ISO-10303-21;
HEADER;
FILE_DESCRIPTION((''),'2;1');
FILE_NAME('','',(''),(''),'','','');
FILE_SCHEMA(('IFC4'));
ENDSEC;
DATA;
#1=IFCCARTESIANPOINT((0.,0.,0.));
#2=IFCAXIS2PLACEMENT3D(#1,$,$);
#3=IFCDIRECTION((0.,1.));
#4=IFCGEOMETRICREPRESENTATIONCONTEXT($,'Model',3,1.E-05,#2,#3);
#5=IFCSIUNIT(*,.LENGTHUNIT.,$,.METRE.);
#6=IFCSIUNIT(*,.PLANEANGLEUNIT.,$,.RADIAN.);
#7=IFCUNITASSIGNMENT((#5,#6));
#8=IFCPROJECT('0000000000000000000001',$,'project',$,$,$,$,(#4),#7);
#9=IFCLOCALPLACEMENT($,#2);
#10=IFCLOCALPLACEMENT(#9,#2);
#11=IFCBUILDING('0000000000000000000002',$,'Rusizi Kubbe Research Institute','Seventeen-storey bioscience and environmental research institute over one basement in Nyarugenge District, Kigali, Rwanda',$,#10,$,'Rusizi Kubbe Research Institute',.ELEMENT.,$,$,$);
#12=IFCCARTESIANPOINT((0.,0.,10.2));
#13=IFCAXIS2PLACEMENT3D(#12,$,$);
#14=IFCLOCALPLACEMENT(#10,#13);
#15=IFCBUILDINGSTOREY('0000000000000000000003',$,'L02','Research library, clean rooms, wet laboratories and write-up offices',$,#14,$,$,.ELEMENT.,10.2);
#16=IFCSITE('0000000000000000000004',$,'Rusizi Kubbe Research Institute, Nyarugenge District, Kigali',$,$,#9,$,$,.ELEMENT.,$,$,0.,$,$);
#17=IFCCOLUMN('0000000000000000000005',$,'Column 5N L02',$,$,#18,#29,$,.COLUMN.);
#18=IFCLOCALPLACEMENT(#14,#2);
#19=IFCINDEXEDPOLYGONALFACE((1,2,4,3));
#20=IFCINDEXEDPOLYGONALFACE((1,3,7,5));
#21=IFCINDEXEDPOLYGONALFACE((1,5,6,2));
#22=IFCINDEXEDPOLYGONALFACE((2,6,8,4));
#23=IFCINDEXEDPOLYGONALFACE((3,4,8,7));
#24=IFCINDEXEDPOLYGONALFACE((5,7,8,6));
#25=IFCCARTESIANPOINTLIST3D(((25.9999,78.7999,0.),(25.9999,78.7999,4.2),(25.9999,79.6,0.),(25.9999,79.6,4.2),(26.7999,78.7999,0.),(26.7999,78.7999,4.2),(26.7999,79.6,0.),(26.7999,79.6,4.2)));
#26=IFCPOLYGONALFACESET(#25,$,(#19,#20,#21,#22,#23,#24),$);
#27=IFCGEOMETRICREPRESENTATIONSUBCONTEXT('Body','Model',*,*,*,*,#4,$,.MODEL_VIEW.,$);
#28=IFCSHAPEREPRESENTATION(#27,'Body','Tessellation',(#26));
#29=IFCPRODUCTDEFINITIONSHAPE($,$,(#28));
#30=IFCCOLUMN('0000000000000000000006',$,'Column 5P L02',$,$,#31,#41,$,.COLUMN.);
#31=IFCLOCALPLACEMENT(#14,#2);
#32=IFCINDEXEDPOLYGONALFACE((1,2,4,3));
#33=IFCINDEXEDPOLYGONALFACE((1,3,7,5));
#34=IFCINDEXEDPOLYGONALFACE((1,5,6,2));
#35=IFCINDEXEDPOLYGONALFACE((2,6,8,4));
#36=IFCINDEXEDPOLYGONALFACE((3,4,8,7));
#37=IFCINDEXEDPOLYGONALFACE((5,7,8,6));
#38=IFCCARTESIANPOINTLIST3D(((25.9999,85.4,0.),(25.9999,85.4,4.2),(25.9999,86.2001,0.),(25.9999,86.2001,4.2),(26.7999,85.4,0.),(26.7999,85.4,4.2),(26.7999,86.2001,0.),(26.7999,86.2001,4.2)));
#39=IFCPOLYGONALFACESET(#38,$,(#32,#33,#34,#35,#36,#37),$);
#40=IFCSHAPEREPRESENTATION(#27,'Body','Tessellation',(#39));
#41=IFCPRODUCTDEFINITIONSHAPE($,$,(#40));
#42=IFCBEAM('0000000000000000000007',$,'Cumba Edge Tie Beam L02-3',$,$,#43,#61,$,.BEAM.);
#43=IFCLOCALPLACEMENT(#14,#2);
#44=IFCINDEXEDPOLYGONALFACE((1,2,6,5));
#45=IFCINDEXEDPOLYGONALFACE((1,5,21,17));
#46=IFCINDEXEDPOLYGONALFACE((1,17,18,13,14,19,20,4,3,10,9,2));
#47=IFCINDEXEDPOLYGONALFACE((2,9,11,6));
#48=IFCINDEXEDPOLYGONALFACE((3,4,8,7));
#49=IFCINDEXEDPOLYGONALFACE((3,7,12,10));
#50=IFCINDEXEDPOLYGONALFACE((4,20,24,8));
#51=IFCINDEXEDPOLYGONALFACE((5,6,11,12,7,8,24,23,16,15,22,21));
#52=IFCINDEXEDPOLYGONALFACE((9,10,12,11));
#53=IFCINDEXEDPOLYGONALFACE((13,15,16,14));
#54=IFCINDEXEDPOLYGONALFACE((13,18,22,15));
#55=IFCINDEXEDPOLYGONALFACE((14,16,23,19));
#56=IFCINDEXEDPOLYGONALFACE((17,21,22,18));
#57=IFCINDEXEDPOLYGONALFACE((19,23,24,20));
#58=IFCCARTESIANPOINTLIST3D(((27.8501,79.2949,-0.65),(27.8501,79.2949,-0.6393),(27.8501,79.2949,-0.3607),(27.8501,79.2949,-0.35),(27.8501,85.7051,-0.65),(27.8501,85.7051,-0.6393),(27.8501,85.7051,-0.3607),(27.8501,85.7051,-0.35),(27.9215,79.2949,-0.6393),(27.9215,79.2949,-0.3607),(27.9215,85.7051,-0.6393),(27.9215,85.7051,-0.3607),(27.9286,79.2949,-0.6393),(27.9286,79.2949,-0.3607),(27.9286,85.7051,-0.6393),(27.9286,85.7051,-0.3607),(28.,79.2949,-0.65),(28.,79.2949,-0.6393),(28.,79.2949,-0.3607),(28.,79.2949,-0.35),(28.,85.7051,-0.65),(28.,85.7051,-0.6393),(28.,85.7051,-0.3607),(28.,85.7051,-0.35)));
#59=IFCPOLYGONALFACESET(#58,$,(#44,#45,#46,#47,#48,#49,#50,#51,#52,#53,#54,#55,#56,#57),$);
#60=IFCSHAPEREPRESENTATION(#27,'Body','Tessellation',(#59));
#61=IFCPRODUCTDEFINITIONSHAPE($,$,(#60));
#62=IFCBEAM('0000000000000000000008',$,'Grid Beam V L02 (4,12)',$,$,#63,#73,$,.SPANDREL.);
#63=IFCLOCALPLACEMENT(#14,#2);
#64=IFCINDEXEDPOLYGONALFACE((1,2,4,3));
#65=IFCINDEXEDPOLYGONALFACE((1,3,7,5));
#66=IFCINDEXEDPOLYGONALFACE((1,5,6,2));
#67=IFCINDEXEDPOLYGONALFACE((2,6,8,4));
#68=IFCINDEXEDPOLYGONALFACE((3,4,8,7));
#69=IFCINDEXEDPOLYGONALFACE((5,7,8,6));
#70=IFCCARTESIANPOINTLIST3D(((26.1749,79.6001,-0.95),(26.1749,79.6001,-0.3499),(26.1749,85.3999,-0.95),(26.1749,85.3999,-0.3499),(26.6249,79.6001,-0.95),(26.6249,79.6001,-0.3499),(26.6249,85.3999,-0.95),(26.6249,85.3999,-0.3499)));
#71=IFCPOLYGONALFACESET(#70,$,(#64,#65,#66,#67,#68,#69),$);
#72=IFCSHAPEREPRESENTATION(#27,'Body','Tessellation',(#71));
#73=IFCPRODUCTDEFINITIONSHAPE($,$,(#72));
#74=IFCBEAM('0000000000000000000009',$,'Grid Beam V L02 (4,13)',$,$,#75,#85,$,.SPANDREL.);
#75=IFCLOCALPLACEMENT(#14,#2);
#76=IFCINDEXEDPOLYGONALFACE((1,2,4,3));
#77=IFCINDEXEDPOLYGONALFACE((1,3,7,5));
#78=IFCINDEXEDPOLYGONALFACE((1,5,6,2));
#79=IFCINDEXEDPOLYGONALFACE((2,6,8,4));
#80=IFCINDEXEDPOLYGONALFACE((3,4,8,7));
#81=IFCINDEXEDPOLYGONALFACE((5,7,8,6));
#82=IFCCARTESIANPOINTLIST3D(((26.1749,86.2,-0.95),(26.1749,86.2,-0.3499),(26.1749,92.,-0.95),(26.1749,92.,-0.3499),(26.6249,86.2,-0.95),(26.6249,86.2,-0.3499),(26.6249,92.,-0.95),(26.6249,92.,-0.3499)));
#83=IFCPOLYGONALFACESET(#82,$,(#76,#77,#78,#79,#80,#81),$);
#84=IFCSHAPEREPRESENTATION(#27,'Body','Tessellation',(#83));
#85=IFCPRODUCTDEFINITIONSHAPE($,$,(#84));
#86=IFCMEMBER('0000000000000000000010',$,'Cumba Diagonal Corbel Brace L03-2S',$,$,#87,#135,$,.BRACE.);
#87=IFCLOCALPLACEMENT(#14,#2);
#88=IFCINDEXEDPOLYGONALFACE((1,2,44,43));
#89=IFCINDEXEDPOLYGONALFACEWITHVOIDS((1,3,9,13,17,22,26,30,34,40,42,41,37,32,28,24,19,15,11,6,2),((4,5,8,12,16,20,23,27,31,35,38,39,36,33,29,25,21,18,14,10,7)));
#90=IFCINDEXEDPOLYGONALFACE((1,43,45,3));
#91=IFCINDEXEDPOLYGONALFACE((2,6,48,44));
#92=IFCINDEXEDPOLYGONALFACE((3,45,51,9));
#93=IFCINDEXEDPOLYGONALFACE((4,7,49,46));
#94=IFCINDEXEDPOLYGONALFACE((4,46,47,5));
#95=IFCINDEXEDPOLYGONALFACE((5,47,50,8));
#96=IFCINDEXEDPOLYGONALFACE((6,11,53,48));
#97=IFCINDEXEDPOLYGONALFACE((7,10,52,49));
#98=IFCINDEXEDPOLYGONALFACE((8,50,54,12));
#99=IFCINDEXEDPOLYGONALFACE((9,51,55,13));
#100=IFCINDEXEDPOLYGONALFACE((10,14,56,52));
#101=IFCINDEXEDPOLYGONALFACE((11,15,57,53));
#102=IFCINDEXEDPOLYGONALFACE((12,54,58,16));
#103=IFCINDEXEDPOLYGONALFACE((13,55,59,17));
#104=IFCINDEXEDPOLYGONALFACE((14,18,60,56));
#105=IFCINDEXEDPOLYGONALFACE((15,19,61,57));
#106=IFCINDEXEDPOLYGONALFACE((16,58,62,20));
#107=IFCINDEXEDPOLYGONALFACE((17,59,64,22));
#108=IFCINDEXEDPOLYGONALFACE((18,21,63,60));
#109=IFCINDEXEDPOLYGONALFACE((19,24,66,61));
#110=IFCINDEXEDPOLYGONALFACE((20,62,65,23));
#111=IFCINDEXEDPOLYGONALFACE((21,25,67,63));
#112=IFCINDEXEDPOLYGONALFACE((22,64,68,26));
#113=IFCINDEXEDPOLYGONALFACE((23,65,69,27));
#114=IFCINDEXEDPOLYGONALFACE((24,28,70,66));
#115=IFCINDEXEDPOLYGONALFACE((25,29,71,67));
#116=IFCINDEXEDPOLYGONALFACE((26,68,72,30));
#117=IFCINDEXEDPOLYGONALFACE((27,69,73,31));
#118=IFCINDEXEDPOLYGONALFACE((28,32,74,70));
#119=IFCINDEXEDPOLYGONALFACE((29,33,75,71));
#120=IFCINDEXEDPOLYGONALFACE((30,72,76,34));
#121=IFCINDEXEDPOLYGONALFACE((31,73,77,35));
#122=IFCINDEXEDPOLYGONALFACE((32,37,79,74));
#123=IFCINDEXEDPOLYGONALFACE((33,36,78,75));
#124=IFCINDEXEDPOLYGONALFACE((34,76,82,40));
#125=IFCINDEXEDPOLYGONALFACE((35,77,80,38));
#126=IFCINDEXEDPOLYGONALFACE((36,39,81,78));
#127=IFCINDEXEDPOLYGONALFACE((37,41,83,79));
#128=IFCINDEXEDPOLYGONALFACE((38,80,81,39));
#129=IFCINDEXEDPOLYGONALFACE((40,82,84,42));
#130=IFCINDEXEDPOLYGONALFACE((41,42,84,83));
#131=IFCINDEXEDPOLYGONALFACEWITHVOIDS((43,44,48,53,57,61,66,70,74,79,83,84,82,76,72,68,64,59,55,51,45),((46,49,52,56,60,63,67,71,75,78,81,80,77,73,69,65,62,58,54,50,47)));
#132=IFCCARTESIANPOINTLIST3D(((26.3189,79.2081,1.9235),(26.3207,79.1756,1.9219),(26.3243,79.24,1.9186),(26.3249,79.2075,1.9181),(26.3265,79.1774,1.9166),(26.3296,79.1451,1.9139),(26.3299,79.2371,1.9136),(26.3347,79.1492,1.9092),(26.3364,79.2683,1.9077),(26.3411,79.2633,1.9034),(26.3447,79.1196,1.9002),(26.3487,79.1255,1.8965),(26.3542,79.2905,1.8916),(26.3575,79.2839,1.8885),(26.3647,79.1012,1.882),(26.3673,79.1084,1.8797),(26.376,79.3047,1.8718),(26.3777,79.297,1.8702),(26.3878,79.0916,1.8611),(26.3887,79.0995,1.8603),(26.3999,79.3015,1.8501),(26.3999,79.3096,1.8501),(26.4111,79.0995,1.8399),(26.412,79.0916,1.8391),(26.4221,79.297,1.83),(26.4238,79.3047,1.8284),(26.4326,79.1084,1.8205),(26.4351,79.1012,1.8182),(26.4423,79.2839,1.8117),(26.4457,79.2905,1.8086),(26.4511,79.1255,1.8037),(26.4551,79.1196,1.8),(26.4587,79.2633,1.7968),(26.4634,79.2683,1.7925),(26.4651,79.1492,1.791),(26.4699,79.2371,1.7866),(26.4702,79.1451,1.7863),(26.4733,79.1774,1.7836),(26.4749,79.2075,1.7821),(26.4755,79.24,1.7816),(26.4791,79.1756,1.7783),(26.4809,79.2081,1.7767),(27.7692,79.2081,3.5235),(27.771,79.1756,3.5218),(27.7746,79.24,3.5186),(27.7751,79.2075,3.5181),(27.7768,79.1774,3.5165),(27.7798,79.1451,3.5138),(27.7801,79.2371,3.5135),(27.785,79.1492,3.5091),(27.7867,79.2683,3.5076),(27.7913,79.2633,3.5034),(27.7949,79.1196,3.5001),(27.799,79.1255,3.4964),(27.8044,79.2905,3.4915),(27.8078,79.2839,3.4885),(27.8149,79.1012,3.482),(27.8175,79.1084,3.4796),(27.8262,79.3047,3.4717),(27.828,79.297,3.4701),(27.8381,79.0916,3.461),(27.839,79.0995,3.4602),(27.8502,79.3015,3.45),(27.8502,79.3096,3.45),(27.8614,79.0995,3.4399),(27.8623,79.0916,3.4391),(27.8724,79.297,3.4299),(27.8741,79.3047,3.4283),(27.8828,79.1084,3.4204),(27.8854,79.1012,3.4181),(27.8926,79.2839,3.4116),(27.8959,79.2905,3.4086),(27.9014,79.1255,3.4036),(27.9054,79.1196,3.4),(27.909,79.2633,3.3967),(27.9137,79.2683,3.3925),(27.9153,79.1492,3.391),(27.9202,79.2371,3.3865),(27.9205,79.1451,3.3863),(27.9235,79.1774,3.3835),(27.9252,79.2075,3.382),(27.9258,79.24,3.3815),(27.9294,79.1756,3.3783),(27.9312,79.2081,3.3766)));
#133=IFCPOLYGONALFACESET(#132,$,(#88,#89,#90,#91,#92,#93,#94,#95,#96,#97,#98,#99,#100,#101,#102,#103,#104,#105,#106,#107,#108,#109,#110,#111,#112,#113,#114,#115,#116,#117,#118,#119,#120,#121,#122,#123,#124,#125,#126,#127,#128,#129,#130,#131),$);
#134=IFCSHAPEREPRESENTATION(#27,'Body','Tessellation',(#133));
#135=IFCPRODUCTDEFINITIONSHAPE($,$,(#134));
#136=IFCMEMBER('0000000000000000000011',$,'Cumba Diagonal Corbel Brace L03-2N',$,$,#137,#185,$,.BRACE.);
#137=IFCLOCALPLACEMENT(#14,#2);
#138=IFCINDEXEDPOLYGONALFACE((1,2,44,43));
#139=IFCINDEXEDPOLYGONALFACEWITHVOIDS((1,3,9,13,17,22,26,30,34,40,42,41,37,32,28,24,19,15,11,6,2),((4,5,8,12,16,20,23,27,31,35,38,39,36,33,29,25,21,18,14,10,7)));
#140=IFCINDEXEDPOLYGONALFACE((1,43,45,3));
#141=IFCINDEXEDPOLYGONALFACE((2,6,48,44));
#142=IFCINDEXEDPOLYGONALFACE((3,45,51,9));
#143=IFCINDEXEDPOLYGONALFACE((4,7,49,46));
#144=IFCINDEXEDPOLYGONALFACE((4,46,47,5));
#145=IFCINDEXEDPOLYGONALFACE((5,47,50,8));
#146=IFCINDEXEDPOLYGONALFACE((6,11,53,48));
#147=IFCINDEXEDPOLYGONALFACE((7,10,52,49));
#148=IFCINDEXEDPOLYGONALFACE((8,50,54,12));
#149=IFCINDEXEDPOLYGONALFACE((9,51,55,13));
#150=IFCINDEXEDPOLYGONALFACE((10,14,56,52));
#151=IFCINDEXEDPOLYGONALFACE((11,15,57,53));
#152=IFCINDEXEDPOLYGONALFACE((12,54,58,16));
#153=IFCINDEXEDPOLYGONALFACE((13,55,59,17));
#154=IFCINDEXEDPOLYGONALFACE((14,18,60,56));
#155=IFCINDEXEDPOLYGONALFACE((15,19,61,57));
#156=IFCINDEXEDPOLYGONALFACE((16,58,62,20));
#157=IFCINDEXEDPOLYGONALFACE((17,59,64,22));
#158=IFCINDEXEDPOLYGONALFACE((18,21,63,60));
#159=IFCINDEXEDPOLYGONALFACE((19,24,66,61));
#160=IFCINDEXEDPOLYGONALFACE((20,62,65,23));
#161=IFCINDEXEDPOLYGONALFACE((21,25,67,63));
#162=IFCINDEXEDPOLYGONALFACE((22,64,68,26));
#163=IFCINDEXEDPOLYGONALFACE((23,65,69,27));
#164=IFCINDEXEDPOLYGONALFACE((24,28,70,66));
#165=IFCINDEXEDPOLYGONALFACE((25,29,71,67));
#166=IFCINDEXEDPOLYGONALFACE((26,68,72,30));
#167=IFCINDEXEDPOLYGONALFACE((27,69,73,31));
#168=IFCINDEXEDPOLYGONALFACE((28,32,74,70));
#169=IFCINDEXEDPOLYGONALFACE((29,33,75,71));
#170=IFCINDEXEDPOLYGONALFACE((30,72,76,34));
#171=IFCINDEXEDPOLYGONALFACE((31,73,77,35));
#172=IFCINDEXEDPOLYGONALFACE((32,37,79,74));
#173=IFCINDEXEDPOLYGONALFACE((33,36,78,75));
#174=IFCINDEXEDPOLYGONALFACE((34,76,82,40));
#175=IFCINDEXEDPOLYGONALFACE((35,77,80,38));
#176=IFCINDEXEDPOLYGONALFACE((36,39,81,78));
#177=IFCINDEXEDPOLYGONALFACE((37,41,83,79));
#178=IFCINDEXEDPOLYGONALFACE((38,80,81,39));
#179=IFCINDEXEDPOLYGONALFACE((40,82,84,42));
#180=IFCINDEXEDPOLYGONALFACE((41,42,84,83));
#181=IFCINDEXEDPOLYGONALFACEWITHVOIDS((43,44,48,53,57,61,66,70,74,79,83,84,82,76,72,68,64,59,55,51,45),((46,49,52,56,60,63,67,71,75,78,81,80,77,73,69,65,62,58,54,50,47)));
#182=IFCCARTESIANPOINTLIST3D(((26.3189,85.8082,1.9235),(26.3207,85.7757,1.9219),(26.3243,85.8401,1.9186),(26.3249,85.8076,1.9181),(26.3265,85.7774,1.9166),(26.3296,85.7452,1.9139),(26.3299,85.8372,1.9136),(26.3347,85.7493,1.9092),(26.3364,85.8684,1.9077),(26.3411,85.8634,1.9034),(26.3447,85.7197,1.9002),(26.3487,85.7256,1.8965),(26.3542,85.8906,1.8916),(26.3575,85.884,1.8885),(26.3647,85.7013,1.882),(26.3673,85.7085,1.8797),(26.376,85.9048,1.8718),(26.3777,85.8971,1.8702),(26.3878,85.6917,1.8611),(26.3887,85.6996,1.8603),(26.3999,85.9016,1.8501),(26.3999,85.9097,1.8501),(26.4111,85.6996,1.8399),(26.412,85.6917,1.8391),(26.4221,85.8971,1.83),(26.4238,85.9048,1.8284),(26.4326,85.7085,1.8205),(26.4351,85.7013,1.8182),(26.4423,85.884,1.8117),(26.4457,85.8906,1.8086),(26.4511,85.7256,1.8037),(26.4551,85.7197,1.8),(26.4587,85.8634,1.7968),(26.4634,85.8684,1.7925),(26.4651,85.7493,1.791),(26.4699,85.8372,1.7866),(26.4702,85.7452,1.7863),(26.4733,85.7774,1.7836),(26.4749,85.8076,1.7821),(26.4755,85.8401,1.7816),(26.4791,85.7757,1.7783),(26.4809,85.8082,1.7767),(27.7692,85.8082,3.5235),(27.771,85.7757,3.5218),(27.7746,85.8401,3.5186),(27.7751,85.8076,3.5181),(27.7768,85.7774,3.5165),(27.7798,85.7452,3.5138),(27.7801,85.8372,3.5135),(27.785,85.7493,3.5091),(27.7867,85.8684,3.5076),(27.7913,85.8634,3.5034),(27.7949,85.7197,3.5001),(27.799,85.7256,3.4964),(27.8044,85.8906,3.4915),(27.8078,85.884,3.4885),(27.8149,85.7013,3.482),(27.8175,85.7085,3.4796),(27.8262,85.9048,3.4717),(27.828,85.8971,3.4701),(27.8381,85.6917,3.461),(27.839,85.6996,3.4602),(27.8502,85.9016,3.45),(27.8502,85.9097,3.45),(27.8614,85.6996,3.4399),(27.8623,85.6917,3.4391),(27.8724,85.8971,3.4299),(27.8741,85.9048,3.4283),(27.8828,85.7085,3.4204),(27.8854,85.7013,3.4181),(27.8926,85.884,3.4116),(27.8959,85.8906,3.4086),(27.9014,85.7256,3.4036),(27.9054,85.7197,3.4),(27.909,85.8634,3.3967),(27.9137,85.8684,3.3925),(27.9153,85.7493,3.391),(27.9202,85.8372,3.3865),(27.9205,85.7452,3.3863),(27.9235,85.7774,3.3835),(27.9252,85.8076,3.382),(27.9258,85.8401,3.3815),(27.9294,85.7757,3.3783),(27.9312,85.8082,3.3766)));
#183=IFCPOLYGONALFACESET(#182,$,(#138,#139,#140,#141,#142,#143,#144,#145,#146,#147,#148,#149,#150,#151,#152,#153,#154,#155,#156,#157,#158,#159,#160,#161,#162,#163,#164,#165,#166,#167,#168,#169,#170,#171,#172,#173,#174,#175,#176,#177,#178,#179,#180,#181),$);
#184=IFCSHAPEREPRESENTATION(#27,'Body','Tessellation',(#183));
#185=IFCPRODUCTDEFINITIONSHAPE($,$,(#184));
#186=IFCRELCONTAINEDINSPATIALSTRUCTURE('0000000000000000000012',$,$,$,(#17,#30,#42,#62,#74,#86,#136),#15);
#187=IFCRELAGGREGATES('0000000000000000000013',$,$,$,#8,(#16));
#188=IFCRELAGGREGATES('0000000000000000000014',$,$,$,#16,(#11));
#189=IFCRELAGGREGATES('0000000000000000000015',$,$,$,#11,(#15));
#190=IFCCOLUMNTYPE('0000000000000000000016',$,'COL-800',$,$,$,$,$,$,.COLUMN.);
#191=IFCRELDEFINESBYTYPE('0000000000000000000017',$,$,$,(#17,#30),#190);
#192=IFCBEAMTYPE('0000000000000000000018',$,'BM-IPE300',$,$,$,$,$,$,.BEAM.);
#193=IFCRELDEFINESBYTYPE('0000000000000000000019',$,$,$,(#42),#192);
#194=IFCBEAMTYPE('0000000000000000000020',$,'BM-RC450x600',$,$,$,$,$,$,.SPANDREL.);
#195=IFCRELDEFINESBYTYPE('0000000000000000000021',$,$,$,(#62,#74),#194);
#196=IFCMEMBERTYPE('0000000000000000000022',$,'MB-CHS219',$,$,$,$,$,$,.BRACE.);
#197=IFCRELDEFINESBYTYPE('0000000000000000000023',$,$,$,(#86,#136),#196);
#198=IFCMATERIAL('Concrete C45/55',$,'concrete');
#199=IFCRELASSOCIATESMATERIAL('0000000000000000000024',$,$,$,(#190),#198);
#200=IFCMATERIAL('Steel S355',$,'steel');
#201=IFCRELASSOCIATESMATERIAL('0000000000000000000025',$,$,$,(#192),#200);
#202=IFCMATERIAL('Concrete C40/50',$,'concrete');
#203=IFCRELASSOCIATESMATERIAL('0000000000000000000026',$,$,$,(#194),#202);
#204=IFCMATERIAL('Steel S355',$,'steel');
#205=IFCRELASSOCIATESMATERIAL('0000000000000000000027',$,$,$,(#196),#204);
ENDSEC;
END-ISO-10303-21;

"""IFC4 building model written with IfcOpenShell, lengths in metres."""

from ifc_helpers import new_model, si_unit, direction, frame, origin, origin_2d, place, context, subcontext, project, spatial, rectangle, hollow_circle, i_section, extrude, material, material_profile, profile_set, type_object, element, save


model = new_model("IFC4")

# Units and contexts
model_context = context("Model", 3, precision=1e-05, world=origin(), true_north=direction((0.0, 1.0)))
body_context = subcontext(model_context, "Body", "Model", "MODEL_VIEW")
ifc_project = project(units=[si_unit("LENGTHUNIT", "METRE"), si_unit("PLANEANGLEUNIT", "RADIAN")], contexts=[model_context])

# Site, building, storey
site_placement = place(None, origin())
site = spatial("IfcSite", under=ifc_project, at=site_placement, Name="Rusizi Kubbe Research Institute, Nyarugenge District, Kigali", CompositionType="ELEMENT", RefElevation=0.0)
building_placement = place(site_placement, origin())
building = spatial("IfcBuilding", under=site, at=building_placement, Name="Rusizi Kubbe Research Institute", Description="Seventeen-storey bioscience and environmental research institute over one basement in Nyarugenge District, Kigali, Rwanda", LongName="Rusizi Kubbe Research Institute", CompositionType="ELEMENT")
storey_placement = place(building_placement, frame((0.0, 0.0, 10.2)))
storey = spatial("IfcBuildingStorey", under=building, at=storey_placement, Name="L02", Description="Research library, clean rooms, wet laboratories and write-up offices", CompositionType="ELEMENT", Elevation=10.2)

# Columns
ifc_material_1 = material(Name="Concrete C45/55", Category="concrete")
ifc_material_profile_1 = material_profile(ifc_material_1, rectangle(XDim=0.8, YDim=0.8, at=origin_2d()), Name="RC800x800")
ifc_profile_set_1 = profile_set([ifc_material_profile_1], Name="Concrete C45/55")
column_type = type_object("IfcColumnType", Name="COL-800", PredefinedType="COLUMN", material=ifc_profile_set_1)
for number, where, z_axis, x_axis, name in (
    (1, (26.3999, 79.2, 0.0), (0.0, 0.0, 1.0), (1.0, 0.0, 0.0), "Column 5N L02"),
    (2, (26.3999, 85.8, 0.0), (0.0, 0.0, 1.0), (1.0, 0.0, 0.0), "Column 5P L02"),
):
    element("IfcColumn", number, at=place(storey_placement, frame(where, z_axis=z_axis, x_axis=x_axis)), inside=storey, type_object=column_type, Name=name, PredefinedType="COLUMN", context=body_context, shape_type="SweptSolid", body=[
        extrude(rectangle(XDim=0.8, YDim=0.8, at=origin_2d()), origin(), (0.0, 0.0, 1.0), 4.2),
    ])

# Beams
ifc_material_2 = material(Name="Steel S355", Category="steel")
ifc_material_profile_2 = material_profile(ifc_material_2, i_section(OverallWidth=0.1499, OverallDepth=0.3, WebThickness=0.0071, FlangeThickness=0.0107, at=origin_2d()), Name="IPE 300")
ifc_profile_set_2 = profile_set([ifc_material_profile_2], Name="Steel S355")
beam_type_1 = type_object("IfcBeamType", Name="BM-IPE300", PredefinedType="BEAM", material=ifc_profile_set_2)
beam_1_placement = place(storey_placement, frame((27.925, 79.2949, -0.5), z_axis=(0.0, 1.0, 0.0), x_axis=(-1.0, 0.0, 0.0)))
element("IfcBeam", 3, at=beam_1_placement, inside=storey, type_object=beam_type_1, Name="Cumba Edge Tie Beam L02-3", PredefinedType="BEAM", context=body_context, shape_type="SweptSolid", body=[
    extrude(i_section(OverallWidth=0.1499, OverallDepth=0.3, WebThickness=0.0071, FlangeThickness=0.0107, at=origin_2d()), origin(), (0.0, 0.0, 1.0), 6.4102),
])
ifc_material_3 = material(Name="Concrete C40/50", Category="concrete")
ifc_material_profile_3 = material_profile(ifc_material_3, rectangle(XDim=0.45, YDim=0.6001, at=origin_2d()), Name="RC450x600")
ifc_profile_set_3 = profile_set([ifc_material_profile_3], Name="Concrete C40/50")
beam_type_2 = type_object("IfcBeamType", Name="BM-RC450x600", PredefinedType="SPANDREL", material=ifc_profile_set_3)
beam_2_placement = place(storey_placement, frame((26.3999, 79.6001, -0.6499), z_axis=(0.0, 1.0, 0.0), x_axis=(-1.0, 0.0, 0.0)))
element("IfcBeam", 4, at=beam_2_placement, inside=storey, type_object=beam_type_2, Name="Grid Beam V L02 (4,12)", PredefinedType="SPANDREL", context=body_context, shape_type="SweptSolid", body=[
    extrude(rectangle(XDim=0.45, YDim=0.6001, at=origin_2d()), origin(), (0.0, 0.0, 1.0), 5.7998),
])
beam_3_placement = place(storey_placement, frame((26.3999, 86.2, -0.6499), z_axis=(0.0, 1.0, 0.0), x_axis=(-1.0, 0.0, 0.0)))
element("IfcBeam", 5, at=beam_3_placement, inside=storey, type_object=beam_type_2, Name="Grid Beam V L02 (4,13)", PredefinedType="SPANDREL", context=body_context, shape_type="SweptSolid", body=[
    extrude(rectangle(XDim=0.45, YDim=0.6001, at=origin_2d()), origin(), (0.0, 0.0, 1.0), 5.8),
])

# Members
ifc_material_4 = material(Name="Steel S355", Category="steel")
ifc_material_profile_4 = material_profile(ifc_material_4, hollow_circle(Radius=0.1096, WallThickness=0.0081, at=origin_2d()), Name="CHS 219.1x8.0")
ifc_profile_set_4 = profile_set([ifc_material_profile_4], Name="Steel S355")
member_type_1 = type_object("IfcMemberType", Name="MB-CHS219", PredefinedType="BRACE", material=ifc_profile_set_4)
for number, where, z_axis, x_axis, name in (
    (6, (26.3999, 79.2, 1.8501), (0.671603, 0.0, 0.740911), (0.0, 1.0, 0.0), "Cumba Diagonal Corbel Brace L03-2S"),
    (7, (26.3999, 85.8, 1.8501), (0.671603, 0.0, 0.740911), (0.0, 1.0, 0.0), "Cumba Diagonal Corbel Brace L03-2N"),
):
    element("IfcMember", number, at=place(storey_placement, frame(where, z_axis=z_axis, x_axis=x_axis)), inside=storey, type_object=member_type_1, Name=name, PredefinedType="BRACE", context=body_context, shape_type="SweptSolid", body=[
        extrude(hollow_circle(Radius=0.1096, WallThickness=0.0081, at=origin_2d()), origin(), (0.0, 0.0, 1.0), 2.1594),
    ])

save(model, "model.ifc")
